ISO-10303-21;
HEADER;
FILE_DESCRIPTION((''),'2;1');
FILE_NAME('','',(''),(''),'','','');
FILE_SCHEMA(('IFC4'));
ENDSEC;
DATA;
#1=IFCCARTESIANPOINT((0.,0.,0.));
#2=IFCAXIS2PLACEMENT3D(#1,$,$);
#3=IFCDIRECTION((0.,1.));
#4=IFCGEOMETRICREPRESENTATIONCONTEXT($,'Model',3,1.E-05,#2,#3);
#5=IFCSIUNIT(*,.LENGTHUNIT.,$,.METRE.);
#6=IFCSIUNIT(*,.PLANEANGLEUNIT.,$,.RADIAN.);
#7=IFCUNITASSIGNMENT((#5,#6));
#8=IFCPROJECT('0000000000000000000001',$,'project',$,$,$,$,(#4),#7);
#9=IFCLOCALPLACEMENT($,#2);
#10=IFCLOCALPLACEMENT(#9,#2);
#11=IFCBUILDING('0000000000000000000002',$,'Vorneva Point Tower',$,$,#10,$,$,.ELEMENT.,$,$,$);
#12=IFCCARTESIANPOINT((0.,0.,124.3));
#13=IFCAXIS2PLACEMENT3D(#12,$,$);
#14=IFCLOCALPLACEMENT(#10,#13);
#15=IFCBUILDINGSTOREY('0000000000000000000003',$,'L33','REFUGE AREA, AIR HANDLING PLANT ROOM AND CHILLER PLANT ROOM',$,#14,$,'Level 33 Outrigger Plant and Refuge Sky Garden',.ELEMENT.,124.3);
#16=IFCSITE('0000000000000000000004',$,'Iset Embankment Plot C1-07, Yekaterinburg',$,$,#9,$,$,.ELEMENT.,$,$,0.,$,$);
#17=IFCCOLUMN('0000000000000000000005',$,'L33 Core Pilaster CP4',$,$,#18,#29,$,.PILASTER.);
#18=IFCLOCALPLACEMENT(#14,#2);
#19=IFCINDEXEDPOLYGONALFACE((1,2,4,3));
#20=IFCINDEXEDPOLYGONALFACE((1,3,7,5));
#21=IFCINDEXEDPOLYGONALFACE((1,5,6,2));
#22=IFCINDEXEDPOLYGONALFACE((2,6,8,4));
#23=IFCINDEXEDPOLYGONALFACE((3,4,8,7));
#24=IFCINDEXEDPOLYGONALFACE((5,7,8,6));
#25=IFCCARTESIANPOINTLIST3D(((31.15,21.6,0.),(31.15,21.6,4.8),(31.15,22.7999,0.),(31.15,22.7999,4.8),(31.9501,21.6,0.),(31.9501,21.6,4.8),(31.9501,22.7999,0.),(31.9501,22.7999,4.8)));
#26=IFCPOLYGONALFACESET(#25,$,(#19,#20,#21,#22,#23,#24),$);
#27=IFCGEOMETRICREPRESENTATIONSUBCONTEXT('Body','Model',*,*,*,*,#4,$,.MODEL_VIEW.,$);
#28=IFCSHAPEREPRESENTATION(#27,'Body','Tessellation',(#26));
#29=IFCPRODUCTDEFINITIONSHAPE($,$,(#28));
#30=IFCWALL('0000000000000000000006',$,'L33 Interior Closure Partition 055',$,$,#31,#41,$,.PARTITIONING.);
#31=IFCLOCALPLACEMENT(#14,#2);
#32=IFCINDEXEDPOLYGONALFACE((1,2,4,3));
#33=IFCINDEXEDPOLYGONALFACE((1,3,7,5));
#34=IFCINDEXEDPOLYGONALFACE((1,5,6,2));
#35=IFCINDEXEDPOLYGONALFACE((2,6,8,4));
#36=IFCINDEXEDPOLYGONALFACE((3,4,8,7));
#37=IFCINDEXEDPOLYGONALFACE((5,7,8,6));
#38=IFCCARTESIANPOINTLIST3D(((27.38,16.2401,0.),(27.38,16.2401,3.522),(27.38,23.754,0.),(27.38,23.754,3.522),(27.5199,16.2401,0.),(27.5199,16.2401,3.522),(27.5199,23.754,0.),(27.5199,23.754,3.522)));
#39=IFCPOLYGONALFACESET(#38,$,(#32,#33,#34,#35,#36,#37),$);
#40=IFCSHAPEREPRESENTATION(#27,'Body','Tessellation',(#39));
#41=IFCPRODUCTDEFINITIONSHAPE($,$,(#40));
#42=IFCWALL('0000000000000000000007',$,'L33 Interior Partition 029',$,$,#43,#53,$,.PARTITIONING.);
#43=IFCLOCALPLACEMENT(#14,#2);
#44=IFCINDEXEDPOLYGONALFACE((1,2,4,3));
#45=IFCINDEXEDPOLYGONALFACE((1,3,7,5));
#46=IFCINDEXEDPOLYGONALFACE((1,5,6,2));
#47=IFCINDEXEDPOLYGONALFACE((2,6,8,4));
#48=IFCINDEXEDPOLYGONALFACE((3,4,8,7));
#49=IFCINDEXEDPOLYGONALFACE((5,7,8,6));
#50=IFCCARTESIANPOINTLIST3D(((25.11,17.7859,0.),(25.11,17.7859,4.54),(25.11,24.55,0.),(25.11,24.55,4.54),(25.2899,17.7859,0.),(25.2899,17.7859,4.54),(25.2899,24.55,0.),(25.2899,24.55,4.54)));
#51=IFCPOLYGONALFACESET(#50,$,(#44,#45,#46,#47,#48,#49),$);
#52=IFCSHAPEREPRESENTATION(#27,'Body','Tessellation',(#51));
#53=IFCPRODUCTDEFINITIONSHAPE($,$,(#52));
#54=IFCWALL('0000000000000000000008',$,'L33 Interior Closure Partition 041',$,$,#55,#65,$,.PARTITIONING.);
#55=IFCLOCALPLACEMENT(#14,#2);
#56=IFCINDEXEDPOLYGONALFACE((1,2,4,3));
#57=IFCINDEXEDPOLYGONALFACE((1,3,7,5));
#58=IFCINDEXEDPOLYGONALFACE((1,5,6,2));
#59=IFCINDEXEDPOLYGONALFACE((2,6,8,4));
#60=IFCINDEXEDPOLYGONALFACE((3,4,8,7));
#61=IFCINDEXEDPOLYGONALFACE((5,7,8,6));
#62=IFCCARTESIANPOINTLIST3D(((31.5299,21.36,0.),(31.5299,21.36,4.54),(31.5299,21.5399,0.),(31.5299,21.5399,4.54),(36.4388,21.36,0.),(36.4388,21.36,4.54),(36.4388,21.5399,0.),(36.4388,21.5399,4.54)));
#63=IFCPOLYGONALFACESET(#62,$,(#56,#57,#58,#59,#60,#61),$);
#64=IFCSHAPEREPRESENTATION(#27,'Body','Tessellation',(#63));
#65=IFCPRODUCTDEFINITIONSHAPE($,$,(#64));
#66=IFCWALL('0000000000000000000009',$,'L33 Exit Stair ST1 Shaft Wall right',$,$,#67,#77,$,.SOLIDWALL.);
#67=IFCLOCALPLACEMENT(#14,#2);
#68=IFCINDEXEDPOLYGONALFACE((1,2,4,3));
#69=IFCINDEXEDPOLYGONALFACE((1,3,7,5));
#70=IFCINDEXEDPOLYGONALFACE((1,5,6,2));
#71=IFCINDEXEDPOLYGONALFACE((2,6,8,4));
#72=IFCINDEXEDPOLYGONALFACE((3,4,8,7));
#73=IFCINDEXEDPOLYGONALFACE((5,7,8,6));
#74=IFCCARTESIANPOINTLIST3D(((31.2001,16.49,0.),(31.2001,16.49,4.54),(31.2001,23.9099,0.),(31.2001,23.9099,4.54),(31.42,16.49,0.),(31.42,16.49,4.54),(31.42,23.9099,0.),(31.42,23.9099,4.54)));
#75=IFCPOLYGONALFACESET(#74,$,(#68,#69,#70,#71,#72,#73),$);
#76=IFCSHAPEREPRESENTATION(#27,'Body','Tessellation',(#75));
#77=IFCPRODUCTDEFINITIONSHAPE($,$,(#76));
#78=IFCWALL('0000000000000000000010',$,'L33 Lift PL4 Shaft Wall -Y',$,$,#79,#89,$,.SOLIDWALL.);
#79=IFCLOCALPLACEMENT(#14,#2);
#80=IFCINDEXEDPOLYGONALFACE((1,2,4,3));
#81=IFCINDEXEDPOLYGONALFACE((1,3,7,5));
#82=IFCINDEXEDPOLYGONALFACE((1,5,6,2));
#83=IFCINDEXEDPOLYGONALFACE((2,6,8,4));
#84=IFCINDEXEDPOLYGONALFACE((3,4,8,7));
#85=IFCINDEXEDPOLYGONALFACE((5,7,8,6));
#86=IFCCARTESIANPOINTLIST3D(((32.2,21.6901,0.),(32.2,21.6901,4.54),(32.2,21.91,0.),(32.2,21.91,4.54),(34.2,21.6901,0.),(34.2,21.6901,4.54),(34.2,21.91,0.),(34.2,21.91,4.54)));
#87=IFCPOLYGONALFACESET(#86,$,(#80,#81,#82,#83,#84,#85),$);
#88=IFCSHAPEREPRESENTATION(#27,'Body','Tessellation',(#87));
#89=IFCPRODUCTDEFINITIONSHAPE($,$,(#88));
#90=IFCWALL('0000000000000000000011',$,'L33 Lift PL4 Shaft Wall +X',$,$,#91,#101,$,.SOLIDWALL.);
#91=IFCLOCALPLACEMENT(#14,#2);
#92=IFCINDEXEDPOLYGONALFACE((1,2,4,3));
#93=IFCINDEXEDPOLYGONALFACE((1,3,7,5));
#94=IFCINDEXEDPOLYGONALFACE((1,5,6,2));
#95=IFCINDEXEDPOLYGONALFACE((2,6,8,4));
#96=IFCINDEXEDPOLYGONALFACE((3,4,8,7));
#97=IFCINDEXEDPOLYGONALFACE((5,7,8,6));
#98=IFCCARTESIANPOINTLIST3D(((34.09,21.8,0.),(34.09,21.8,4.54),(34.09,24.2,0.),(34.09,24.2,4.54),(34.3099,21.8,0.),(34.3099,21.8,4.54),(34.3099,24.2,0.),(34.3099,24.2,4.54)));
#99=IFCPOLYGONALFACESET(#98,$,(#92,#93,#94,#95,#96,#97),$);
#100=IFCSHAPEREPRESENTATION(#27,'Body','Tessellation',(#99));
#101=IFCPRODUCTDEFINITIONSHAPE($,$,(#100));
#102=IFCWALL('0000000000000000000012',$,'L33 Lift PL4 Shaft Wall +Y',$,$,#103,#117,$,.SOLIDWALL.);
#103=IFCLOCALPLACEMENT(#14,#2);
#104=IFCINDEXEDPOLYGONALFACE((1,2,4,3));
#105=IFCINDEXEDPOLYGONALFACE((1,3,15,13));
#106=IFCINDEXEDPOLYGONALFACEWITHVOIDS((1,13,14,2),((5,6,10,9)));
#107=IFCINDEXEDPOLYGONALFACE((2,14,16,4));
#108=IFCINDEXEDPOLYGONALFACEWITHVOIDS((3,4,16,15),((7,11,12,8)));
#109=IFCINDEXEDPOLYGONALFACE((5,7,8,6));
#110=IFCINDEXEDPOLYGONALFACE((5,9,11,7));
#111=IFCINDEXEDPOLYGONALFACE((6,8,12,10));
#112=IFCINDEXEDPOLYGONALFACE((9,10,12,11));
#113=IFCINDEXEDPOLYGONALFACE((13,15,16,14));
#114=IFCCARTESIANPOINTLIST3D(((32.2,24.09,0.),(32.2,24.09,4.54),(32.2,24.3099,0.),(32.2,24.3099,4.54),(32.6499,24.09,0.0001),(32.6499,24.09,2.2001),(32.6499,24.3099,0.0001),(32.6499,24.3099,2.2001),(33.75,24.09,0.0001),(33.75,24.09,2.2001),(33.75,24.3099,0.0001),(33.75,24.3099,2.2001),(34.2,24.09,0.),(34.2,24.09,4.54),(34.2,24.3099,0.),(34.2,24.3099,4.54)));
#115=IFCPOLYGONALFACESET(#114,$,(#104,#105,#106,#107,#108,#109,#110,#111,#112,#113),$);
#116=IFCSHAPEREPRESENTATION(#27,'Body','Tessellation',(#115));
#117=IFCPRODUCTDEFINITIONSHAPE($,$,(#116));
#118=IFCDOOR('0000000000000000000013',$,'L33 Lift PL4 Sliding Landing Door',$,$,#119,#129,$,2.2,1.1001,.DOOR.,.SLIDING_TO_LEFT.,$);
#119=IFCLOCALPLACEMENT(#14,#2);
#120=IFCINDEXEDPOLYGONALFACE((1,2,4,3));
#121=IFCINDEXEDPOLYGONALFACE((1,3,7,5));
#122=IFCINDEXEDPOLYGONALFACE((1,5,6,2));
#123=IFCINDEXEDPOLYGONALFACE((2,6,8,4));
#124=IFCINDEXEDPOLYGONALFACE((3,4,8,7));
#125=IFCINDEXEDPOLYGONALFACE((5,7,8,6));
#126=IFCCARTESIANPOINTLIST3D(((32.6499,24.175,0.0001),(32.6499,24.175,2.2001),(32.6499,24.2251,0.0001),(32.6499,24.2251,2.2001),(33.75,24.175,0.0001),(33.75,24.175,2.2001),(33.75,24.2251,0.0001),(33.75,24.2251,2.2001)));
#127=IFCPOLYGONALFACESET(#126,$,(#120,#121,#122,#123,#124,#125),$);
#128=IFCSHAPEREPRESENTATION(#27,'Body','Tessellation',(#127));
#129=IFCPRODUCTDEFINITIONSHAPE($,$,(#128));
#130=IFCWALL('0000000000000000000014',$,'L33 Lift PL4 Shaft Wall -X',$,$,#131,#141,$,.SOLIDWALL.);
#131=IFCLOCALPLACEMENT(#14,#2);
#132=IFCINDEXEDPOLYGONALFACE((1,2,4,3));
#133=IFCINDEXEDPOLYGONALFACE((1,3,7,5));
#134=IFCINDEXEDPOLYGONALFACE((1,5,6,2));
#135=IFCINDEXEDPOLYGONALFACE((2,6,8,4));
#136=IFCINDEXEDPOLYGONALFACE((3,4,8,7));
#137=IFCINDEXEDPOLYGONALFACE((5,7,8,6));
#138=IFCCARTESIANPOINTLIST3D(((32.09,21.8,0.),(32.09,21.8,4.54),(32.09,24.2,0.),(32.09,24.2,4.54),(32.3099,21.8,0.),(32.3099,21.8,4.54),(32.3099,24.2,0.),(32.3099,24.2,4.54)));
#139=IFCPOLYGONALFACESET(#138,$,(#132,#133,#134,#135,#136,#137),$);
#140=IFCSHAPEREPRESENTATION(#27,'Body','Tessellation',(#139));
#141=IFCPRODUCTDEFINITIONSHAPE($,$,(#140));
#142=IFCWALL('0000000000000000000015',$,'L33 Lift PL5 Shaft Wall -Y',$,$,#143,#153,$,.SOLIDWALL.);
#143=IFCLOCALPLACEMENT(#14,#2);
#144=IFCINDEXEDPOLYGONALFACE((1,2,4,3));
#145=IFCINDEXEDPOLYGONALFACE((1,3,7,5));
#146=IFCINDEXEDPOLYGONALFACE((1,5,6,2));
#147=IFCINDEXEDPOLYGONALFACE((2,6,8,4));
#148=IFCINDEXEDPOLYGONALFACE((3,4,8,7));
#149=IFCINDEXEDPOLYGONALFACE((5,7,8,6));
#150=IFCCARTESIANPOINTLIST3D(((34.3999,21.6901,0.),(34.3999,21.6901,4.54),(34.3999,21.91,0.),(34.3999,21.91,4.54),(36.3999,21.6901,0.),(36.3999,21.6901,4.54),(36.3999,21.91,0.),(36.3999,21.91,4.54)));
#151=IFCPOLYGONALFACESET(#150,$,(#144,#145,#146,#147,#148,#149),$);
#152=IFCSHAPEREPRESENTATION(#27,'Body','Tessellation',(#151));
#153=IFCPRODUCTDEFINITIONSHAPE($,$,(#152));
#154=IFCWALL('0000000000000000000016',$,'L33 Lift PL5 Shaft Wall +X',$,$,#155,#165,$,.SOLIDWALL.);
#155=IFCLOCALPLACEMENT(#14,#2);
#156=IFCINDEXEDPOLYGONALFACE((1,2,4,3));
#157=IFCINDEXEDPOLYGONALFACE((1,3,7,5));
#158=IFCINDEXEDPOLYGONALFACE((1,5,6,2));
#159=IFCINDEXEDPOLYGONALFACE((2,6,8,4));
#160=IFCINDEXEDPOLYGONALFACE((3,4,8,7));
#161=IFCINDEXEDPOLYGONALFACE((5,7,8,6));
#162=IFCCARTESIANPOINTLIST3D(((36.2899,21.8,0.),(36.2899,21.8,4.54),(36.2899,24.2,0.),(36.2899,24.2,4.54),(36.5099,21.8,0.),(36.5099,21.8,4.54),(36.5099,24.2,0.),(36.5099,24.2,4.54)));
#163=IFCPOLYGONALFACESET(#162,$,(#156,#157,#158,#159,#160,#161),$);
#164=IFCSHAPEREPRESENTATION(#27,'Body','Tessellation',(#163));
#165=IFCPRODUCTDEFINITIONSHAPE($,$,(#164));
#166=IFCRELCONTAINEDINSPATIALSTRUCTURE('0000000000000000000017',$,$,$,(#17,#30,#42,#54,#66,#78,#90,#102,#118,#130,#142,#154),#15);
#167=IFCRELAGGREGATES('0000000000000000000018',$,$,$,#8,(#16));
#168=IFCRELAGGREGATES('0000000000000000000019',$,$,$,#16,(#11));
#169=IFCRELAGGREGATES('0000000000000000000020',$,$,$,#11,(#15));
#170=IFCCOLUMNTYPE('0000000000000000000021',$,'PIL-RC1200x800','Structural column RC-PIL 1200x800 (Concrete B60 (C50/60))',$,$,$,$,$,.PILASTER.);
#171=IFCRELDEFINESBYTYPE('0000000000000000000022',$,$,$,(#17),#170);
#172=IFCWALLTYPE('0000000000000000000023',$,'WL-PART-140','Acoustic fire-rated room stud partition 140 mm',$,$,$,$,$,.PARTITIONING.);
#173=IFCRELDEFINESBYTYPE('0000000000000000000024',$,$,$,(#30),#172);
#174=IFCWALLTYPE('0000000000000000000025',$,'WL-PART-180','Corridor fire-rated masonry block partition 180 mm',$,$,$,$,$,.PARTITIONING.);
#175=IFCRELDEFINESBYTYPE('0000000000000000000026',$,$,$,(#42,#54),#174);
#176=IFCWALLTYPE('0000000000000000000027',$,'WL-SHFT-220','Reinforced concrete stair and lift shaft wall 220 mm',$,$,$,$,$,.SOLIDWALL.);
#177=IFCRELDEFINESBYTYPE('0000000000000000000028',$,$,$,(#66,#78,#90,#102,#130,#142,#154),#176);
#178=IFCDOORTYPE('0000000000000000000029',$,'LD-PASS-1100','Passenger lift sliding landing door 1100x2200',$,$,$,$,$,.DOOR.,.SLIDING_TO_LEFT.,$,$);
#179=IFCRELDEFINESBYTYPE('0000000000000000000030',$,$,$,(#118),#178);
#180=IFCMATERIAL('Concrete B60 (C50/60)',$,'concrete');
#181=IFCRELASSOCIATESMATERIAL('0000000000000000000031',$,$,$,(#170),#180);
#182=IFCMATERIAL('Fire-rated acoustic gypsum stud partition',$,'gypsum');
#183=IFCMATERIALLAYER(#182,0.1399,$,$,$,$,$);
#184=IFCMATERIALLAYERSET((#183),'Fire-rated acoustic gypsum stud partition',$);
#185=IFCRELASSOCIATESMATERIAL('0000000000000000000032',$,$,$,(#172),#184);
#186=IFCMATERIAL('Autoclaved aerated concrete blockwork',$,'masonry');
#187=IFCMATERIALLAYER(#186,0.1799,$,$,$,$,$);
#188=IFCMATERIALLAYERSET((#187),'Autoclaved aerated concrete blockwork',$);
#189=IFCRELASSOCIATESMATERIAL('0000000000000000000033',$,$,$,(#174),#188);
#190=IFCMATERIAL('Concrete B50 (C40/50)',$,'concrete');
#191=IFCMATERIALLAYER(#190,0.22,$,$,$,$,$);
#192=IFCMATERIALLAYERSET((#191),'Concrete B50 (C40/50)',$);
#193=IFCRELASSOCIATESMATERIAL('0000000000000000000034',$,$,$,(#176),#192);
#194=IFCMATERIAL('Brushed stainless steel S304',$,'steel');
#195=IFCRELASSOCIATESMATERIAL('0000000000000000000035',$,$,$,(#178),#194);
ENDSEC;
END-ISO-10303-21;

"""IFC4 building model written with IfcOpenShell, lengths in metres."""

from ifc_helpers import new_model, si_unit, direction, frame, frame_2d, origin, origin_2d, place, context, subcontext, project, spatial, rectangle, extrude, material, layer, layer_set, material_profile, profile_set, type_object, element, fill, save


model = new_model("IFC4")

# Units and contexts
model_context = context("Model", 3, precision=1e-05, world=origin(), true_north=direction((0.0, 1.0)))
body_context = subcontext(model_context, "Body", "Model", "MODEL_VIEW")
ifc_project = project(units=[si_unit("LENGTHUNIT", "METRE"), si_unit("PLANEANGLEUNIT", "RADIAN")], contexts=[model_context])

# Site, building, storey
site_placement = place(None, origin())
site = spatial("IfcSite", under=ifc_project, at=site_placement, Name="Iset Embankment Plot C1-07, Yekaterinburg", CompositionType="ELEMENT", RefElevation=0.0)
building_placement = place(site_placement, origin())
building = spatial("IfcBuilding", under=site, at=building_placement, Name="Vorneva Point Tower", CompositionType="ELEMENT")
storey_placement = place(building_placement, frame((0.0, 0.0, 124.3)))
storey = spatial("IfcBuildingStorey", under=building, at=storey_placement, Name="L33", Description="REFUGE AREA, AIR HANDLING PLANT ROOM AND CHILLER PLANT ROOM", LongName="Level 33 Outrigger Plant and Refuge Sky Garden", CompositionType="ELEMENT", Elevation=124.3)

# Column
ifc_material_1 = material(Name="Concrete B60 (C50/60)", Category="concrete")
ifc_material_profile = material_profile(ifc_material_1, rectangle(XDim=0.8, YDim=1.2, at=origin_2d()), Name="RC-PIL 1200x800")
ifc_profile_set = profile_set([ifc_material_profile], Name="Concrete B60 (C50/60)")
column_type = type_object("IfcColumnType", Name="PIL-RC1200x800", Description="Structural column RC-PIL 1200x800 (Concrete B60 (C50/60))", PredefinedType="PILASTER", material=ifc_profile_set)
column_placement = place(storey_placement, frame((31.55, 22.2, 0.0), z_axis=(0.0, 0.0, 1.0), x_axis=(1.0, 0.0, 0.0)))
element("IfcColumn", 1, at=column_placement, inside=storey, type_object=column_type, Name="L33 Core Pilaster CP4", PredefinedType="PILASTER", context=body_context, shape_type="SweptSolid", body=[
    extrude(rectangle(XDim=0.8, YDim=1.2, at=origin_2d()), origin(), (0.0, 0.0, 1.0), 4.8),
])

# Wall
ifc_material_2 = material(Name="Fire-rated acoustic gypsum stud partition", Category="gypsum")
ifc_layer_1 = layer(ifc_material_2, 0.1399)
ifc_layer_set_1 = layer_set([ifc_layer_1], Name="Fire-rated acoustic gypsum stud partition")
wall_type_1 = type_object("IfcWallType", Name="WL-PART-140", Description="Acoustic fire-rated room stud partition 140 mm", PredefinedType="PARTITIONING", material=ifc_layer_set_1)
wall_1_placement = place(storey_placement, frame((27.45, 23.7539, 0.0), z_axis=(0.0, 0.0, 1.0), x_axis=(0.0, -1.0, 0.0)))
element("IfcWall", 2, at=wall_1_placement, inside=storey, type_object=wall_type_1, Name="L33 Interior Closure Partition 055", PredefinedType="PARTITIONING", context=body_context, shape_type="SweptSolid", body=[
    extrude(rectangle(XDim=7.5139, YDim=0.1399, at=frame_2d((3.7568, 0.0))), origin(), (0.0, 0.0, 1.0), 3.522),
])

# Shared definitions
ifc_material_3 = material(Name="Autoclaved aerated concrete blockwork", Category="masonry")
ifc_layer_2 = layer(ifc_material_3, 0.1799)
ifc_layer_set_2 = layer_set([ifc_layer_2], Name="Autoclaved aerated concrete blockwork")
wall_type_2 = type_object("IfcWallType", Name="WL-PART-180", Description="Corridor fire-rated masonry block partition 180 mm", PredefinedType="PARTITIONING", material=ifc_layer_set_2)

# Walls
wall_2_placement = place(storey_placement, frame((25.2, 24.55, 0.0), z_axis=(0.0, 0.0, 1.0), x_axis=(0.0, -1.0, 0.0)))
element("IfcWall", 3, at=wall_2_placement, inside=storey, type_object=wall_type_2, Name="L33 Interior Partition 029", PredefinedType="PARTITIONING", context=body_context, shape_type="SweptSolid", body=[
    extrude(rectangle(XDim=6.7642, YDim=0.1799, at=frame_2d((3.3821, 0.0))), origin(), (0.0, 0.0, 1.0), 4.54),
])
wall_3_placement = place(storey_placement, frame((36.439, 21.45, 0.0), z_axis=(0.0, 0.0, 1.0), x_axis=(-1.0, 0.0, 0.0)))
element("IfcWall", 4, at=wall_3_placement, inside=storey, type_object=wall_type_2, Name="L33 Interior Closure Partition 041", PredefinedType="PARTITIONING", context=body_context, shape_type="SweptSolid", body=[
    extrude(rectangle(XDim=4.9089, YDim=0.1799, at=frame_2d((2.4546, 0.0))), origin(), (0.0, 0.0, 1.0), 4.54),
])

# Shared definitions
ifc_material_4 = material(Name="Concrete B50 (C40/50)", Category="concrete")
ifc_layer_3 = layer(ifc_material_4, 0.22)
ifc_layer_set_3 = layer_set([ifc_layer_3], Name="Concrete B50 (C40/50)")
wall_type_3 = type_object("IfcWallType", Name="WL-SHFT-220", Description="Reinforced concrete stair and lift shaft wall 220 mm", PredefinedType="SOLIDWALL", material=ifc_layer_set_3)

# Walls
wall_4_placement = place(storey_placement, frame((31.3101, 23.9099, 0.0), z_axis=(0.0, 0.0, 1.0), x_axis=(0.0, -1.0, 0.0)))
element("IfcWall", 5, at=wall_4_placement, inside=storey, type_object=wall_type_3, Name="L33 Exit Stair ST1 Shaft Wall right", PredefinedType="SOLIDWALL", context=body_context, shape_type="SweptSolid", body=[
    extrude(rectangle(XDim=7.4199, YDim=0.22, at=frame_2d((3.71, 0.0))), origin(), (0.0, 0.0, 1.0), 4.54),
])
wall_5_placement = place(storey_placement, frame((32.2, 21.8, 0.0), z_axis=(0.0, 0.0, 1.0), x_axis=(1.0, 0.0, 0.0)))
element("IfcWall", 6, at=wall_5_placement, inside=storey, type_object=wall_type_3, Name="L33 Lift PL4 Shaft Wall -Y", PredefinedType="SOLIDWALL", context=body_context, shape_type="SweptSolid", body=[
    extrude(rectangle(XDim=2.0, YDim=0.22, at=frame_2d((1.0, 0.0))), origin(), (0.0, 0.0, 1.0), 4.54),
])
wall_6_placement = place(storey_placement, frame((34.2, 21.8, 0.0), z_axis=(0.0, 0.0, 1.0), x_axis=(0.0, 1.0, 0.0)))
element("IfcWall", 7, at=wall_6_placement, inside=storey, type_object=wall_type_3, Name="L33 Lift PL4 Shaft Wall +X", PredefinedType="SOLIDWALL", context=body_context, shape_type="SweptSolid", body=[
    extrude(rectangle(XDim=2.3999, YDim=0.22, at=frame_2d((1.2, 0.0))), origin(), (0.0, 0.0, 1.0), 4.54),
])

# Wall, opening, door
wall_7_placement = place(storey_placement, frame((34.2, 24.2, 0.0), z_axis=(0.0, 0.0, 1.0), x_axis=(-1.0, 0.0, 0.0)))
wall_7 = element("IfcWall", 8, at=wall_7_placement, inside=storey, type_object=wall_type_3, Name="L33 Lift PL4 Shaft Wall +Y", PredefinedType="SOLIDWALL", context=body_context, shape_type="SweptSolid", body=[
    extrude(rectangle(XDim=2.0, YDim=0.22, at=frame_2d((1.0, 0.0))), origin(), (0.0, 0.0, 1.0), 4.54),
])
opening_1_placement = place(wall_7_placement, frame((0.45, 0.0, 0.0)))
opening_1 = element("IfcOpeningElement", 9, at=opening_1_placement, cuts=wall_7, PredefinedType="OPENING", context=body_context, shape_type="SweptSolid", body=[
    extrude(rectangle(XDim=1.1001, YDim=2.2, at=frame_2d((0.55, 1.1001))), frame((0.0, 0.125, 0.0), z_axis=(0.0, -1.0, 0.0), x_axis=(1.0, 0.0, 0.0)), (0.0, 0.0, 1.0), 0.2498),
])
ifc_material_5 = material(Name="Brushed stainless steel S304", Category="steel")
door_type_1 = type_object("IfcDoorType", Name="LD-PASS-1100", Description="Passenger lift sliding landing door 1100x2200", OperationType="SLIDING_TO_LEFT", PredefinedType="DOOR", material=ifc_material_5)
door_1_placement = place(opening_1_placement, origin())
door_1 = element("IfcDoor", 10, at=door_1_placement, inside=storey, type_object=door_type_1, Name="L33 Lift PL4 Sliding Landing Door", OperationType="SLIDING_TO_LEFT", OverallHeight=2.2, OverallWidth=1.1001, PredefinedType="DOOR", context=body_context, shape_type="SweptSolid", body=[
    extrude(rectangle(XDim=1.1001, YDim=2.2, at=frame_2d((0.55, 1.1001))), frame((0.0, 0.0249, 0.0), z_axis=(0.0, -1.0, 0.0), x_axis=(1.0, 0.0, 0.0)), (0.0, 0.0, 1.0), 0.05),
])
fill(opening_1, door_1)

# Walls
wall_8_placement = place(storey_placement, frame((32.2, 24.2, 0.0), z_axis=(0.0, 0.0, 1.0), x_axis=(0.0, -1.0, 0.0)))
element("IfcWall", 11, at=wall_8_placement, inside=storey, type_object=wall_type_3, Name="L33 Lift PL4 Shaft Wall -X", PredefinedType="SOLIDWALL", context=body_context, shape_type="SweptSolid", body=[
    extrude(rectangle(XDim=2.3999, YDim=0.22, at=frame_2d((1.2, 0.0))), origin(), (0.0, 0.0, 1.0), 4.54),
])
wall_9_placement = place(storey_placement, frame((34.3999, 21.8, 0.0), z_axis=(0.0, 0.0, 1.0), x_axis=(1.0, 0.0, 0.0)))
element("IfcWall", 12, at=wall_9_placement, inside=storey, type_object=wall_type_3, Name="L33 Lift PL5 Shaft Wall -Y", PredefinedType="SOLIDWALL", context=body_context, shape_type="SweptSolid", body=[
    extrude(rectangle(XDim=2.0, YDim=0.22, at=frame_2d((1.0, 0.0))), origin(), (0.0, 0.0, 1.0), 4.54),
])
wall_10_placement = place(storey_placement, frame((36.3999, 21.8, 0.0), z_axis=(0.0, 0.0, 1.0), x_axis=(0.0, 1.0, 0.0)))
element("IfcWall", 13, at=wall_10_placement, inside=storey, type_object=wall_type_3, Name="L33 Lift PL5 Shaft Wall +X", PredefinedType="SOLIDWALL", context=body_context, shape_type="SweptSolid", body=[
    extrude(rectangle(XDim=2.3999, YDim=0.22, at=frame_2d((1.2, 0.0))), origin(), (0.0, 0.0, 1.0), 4.54),
])

save(model, "model.ifc")
